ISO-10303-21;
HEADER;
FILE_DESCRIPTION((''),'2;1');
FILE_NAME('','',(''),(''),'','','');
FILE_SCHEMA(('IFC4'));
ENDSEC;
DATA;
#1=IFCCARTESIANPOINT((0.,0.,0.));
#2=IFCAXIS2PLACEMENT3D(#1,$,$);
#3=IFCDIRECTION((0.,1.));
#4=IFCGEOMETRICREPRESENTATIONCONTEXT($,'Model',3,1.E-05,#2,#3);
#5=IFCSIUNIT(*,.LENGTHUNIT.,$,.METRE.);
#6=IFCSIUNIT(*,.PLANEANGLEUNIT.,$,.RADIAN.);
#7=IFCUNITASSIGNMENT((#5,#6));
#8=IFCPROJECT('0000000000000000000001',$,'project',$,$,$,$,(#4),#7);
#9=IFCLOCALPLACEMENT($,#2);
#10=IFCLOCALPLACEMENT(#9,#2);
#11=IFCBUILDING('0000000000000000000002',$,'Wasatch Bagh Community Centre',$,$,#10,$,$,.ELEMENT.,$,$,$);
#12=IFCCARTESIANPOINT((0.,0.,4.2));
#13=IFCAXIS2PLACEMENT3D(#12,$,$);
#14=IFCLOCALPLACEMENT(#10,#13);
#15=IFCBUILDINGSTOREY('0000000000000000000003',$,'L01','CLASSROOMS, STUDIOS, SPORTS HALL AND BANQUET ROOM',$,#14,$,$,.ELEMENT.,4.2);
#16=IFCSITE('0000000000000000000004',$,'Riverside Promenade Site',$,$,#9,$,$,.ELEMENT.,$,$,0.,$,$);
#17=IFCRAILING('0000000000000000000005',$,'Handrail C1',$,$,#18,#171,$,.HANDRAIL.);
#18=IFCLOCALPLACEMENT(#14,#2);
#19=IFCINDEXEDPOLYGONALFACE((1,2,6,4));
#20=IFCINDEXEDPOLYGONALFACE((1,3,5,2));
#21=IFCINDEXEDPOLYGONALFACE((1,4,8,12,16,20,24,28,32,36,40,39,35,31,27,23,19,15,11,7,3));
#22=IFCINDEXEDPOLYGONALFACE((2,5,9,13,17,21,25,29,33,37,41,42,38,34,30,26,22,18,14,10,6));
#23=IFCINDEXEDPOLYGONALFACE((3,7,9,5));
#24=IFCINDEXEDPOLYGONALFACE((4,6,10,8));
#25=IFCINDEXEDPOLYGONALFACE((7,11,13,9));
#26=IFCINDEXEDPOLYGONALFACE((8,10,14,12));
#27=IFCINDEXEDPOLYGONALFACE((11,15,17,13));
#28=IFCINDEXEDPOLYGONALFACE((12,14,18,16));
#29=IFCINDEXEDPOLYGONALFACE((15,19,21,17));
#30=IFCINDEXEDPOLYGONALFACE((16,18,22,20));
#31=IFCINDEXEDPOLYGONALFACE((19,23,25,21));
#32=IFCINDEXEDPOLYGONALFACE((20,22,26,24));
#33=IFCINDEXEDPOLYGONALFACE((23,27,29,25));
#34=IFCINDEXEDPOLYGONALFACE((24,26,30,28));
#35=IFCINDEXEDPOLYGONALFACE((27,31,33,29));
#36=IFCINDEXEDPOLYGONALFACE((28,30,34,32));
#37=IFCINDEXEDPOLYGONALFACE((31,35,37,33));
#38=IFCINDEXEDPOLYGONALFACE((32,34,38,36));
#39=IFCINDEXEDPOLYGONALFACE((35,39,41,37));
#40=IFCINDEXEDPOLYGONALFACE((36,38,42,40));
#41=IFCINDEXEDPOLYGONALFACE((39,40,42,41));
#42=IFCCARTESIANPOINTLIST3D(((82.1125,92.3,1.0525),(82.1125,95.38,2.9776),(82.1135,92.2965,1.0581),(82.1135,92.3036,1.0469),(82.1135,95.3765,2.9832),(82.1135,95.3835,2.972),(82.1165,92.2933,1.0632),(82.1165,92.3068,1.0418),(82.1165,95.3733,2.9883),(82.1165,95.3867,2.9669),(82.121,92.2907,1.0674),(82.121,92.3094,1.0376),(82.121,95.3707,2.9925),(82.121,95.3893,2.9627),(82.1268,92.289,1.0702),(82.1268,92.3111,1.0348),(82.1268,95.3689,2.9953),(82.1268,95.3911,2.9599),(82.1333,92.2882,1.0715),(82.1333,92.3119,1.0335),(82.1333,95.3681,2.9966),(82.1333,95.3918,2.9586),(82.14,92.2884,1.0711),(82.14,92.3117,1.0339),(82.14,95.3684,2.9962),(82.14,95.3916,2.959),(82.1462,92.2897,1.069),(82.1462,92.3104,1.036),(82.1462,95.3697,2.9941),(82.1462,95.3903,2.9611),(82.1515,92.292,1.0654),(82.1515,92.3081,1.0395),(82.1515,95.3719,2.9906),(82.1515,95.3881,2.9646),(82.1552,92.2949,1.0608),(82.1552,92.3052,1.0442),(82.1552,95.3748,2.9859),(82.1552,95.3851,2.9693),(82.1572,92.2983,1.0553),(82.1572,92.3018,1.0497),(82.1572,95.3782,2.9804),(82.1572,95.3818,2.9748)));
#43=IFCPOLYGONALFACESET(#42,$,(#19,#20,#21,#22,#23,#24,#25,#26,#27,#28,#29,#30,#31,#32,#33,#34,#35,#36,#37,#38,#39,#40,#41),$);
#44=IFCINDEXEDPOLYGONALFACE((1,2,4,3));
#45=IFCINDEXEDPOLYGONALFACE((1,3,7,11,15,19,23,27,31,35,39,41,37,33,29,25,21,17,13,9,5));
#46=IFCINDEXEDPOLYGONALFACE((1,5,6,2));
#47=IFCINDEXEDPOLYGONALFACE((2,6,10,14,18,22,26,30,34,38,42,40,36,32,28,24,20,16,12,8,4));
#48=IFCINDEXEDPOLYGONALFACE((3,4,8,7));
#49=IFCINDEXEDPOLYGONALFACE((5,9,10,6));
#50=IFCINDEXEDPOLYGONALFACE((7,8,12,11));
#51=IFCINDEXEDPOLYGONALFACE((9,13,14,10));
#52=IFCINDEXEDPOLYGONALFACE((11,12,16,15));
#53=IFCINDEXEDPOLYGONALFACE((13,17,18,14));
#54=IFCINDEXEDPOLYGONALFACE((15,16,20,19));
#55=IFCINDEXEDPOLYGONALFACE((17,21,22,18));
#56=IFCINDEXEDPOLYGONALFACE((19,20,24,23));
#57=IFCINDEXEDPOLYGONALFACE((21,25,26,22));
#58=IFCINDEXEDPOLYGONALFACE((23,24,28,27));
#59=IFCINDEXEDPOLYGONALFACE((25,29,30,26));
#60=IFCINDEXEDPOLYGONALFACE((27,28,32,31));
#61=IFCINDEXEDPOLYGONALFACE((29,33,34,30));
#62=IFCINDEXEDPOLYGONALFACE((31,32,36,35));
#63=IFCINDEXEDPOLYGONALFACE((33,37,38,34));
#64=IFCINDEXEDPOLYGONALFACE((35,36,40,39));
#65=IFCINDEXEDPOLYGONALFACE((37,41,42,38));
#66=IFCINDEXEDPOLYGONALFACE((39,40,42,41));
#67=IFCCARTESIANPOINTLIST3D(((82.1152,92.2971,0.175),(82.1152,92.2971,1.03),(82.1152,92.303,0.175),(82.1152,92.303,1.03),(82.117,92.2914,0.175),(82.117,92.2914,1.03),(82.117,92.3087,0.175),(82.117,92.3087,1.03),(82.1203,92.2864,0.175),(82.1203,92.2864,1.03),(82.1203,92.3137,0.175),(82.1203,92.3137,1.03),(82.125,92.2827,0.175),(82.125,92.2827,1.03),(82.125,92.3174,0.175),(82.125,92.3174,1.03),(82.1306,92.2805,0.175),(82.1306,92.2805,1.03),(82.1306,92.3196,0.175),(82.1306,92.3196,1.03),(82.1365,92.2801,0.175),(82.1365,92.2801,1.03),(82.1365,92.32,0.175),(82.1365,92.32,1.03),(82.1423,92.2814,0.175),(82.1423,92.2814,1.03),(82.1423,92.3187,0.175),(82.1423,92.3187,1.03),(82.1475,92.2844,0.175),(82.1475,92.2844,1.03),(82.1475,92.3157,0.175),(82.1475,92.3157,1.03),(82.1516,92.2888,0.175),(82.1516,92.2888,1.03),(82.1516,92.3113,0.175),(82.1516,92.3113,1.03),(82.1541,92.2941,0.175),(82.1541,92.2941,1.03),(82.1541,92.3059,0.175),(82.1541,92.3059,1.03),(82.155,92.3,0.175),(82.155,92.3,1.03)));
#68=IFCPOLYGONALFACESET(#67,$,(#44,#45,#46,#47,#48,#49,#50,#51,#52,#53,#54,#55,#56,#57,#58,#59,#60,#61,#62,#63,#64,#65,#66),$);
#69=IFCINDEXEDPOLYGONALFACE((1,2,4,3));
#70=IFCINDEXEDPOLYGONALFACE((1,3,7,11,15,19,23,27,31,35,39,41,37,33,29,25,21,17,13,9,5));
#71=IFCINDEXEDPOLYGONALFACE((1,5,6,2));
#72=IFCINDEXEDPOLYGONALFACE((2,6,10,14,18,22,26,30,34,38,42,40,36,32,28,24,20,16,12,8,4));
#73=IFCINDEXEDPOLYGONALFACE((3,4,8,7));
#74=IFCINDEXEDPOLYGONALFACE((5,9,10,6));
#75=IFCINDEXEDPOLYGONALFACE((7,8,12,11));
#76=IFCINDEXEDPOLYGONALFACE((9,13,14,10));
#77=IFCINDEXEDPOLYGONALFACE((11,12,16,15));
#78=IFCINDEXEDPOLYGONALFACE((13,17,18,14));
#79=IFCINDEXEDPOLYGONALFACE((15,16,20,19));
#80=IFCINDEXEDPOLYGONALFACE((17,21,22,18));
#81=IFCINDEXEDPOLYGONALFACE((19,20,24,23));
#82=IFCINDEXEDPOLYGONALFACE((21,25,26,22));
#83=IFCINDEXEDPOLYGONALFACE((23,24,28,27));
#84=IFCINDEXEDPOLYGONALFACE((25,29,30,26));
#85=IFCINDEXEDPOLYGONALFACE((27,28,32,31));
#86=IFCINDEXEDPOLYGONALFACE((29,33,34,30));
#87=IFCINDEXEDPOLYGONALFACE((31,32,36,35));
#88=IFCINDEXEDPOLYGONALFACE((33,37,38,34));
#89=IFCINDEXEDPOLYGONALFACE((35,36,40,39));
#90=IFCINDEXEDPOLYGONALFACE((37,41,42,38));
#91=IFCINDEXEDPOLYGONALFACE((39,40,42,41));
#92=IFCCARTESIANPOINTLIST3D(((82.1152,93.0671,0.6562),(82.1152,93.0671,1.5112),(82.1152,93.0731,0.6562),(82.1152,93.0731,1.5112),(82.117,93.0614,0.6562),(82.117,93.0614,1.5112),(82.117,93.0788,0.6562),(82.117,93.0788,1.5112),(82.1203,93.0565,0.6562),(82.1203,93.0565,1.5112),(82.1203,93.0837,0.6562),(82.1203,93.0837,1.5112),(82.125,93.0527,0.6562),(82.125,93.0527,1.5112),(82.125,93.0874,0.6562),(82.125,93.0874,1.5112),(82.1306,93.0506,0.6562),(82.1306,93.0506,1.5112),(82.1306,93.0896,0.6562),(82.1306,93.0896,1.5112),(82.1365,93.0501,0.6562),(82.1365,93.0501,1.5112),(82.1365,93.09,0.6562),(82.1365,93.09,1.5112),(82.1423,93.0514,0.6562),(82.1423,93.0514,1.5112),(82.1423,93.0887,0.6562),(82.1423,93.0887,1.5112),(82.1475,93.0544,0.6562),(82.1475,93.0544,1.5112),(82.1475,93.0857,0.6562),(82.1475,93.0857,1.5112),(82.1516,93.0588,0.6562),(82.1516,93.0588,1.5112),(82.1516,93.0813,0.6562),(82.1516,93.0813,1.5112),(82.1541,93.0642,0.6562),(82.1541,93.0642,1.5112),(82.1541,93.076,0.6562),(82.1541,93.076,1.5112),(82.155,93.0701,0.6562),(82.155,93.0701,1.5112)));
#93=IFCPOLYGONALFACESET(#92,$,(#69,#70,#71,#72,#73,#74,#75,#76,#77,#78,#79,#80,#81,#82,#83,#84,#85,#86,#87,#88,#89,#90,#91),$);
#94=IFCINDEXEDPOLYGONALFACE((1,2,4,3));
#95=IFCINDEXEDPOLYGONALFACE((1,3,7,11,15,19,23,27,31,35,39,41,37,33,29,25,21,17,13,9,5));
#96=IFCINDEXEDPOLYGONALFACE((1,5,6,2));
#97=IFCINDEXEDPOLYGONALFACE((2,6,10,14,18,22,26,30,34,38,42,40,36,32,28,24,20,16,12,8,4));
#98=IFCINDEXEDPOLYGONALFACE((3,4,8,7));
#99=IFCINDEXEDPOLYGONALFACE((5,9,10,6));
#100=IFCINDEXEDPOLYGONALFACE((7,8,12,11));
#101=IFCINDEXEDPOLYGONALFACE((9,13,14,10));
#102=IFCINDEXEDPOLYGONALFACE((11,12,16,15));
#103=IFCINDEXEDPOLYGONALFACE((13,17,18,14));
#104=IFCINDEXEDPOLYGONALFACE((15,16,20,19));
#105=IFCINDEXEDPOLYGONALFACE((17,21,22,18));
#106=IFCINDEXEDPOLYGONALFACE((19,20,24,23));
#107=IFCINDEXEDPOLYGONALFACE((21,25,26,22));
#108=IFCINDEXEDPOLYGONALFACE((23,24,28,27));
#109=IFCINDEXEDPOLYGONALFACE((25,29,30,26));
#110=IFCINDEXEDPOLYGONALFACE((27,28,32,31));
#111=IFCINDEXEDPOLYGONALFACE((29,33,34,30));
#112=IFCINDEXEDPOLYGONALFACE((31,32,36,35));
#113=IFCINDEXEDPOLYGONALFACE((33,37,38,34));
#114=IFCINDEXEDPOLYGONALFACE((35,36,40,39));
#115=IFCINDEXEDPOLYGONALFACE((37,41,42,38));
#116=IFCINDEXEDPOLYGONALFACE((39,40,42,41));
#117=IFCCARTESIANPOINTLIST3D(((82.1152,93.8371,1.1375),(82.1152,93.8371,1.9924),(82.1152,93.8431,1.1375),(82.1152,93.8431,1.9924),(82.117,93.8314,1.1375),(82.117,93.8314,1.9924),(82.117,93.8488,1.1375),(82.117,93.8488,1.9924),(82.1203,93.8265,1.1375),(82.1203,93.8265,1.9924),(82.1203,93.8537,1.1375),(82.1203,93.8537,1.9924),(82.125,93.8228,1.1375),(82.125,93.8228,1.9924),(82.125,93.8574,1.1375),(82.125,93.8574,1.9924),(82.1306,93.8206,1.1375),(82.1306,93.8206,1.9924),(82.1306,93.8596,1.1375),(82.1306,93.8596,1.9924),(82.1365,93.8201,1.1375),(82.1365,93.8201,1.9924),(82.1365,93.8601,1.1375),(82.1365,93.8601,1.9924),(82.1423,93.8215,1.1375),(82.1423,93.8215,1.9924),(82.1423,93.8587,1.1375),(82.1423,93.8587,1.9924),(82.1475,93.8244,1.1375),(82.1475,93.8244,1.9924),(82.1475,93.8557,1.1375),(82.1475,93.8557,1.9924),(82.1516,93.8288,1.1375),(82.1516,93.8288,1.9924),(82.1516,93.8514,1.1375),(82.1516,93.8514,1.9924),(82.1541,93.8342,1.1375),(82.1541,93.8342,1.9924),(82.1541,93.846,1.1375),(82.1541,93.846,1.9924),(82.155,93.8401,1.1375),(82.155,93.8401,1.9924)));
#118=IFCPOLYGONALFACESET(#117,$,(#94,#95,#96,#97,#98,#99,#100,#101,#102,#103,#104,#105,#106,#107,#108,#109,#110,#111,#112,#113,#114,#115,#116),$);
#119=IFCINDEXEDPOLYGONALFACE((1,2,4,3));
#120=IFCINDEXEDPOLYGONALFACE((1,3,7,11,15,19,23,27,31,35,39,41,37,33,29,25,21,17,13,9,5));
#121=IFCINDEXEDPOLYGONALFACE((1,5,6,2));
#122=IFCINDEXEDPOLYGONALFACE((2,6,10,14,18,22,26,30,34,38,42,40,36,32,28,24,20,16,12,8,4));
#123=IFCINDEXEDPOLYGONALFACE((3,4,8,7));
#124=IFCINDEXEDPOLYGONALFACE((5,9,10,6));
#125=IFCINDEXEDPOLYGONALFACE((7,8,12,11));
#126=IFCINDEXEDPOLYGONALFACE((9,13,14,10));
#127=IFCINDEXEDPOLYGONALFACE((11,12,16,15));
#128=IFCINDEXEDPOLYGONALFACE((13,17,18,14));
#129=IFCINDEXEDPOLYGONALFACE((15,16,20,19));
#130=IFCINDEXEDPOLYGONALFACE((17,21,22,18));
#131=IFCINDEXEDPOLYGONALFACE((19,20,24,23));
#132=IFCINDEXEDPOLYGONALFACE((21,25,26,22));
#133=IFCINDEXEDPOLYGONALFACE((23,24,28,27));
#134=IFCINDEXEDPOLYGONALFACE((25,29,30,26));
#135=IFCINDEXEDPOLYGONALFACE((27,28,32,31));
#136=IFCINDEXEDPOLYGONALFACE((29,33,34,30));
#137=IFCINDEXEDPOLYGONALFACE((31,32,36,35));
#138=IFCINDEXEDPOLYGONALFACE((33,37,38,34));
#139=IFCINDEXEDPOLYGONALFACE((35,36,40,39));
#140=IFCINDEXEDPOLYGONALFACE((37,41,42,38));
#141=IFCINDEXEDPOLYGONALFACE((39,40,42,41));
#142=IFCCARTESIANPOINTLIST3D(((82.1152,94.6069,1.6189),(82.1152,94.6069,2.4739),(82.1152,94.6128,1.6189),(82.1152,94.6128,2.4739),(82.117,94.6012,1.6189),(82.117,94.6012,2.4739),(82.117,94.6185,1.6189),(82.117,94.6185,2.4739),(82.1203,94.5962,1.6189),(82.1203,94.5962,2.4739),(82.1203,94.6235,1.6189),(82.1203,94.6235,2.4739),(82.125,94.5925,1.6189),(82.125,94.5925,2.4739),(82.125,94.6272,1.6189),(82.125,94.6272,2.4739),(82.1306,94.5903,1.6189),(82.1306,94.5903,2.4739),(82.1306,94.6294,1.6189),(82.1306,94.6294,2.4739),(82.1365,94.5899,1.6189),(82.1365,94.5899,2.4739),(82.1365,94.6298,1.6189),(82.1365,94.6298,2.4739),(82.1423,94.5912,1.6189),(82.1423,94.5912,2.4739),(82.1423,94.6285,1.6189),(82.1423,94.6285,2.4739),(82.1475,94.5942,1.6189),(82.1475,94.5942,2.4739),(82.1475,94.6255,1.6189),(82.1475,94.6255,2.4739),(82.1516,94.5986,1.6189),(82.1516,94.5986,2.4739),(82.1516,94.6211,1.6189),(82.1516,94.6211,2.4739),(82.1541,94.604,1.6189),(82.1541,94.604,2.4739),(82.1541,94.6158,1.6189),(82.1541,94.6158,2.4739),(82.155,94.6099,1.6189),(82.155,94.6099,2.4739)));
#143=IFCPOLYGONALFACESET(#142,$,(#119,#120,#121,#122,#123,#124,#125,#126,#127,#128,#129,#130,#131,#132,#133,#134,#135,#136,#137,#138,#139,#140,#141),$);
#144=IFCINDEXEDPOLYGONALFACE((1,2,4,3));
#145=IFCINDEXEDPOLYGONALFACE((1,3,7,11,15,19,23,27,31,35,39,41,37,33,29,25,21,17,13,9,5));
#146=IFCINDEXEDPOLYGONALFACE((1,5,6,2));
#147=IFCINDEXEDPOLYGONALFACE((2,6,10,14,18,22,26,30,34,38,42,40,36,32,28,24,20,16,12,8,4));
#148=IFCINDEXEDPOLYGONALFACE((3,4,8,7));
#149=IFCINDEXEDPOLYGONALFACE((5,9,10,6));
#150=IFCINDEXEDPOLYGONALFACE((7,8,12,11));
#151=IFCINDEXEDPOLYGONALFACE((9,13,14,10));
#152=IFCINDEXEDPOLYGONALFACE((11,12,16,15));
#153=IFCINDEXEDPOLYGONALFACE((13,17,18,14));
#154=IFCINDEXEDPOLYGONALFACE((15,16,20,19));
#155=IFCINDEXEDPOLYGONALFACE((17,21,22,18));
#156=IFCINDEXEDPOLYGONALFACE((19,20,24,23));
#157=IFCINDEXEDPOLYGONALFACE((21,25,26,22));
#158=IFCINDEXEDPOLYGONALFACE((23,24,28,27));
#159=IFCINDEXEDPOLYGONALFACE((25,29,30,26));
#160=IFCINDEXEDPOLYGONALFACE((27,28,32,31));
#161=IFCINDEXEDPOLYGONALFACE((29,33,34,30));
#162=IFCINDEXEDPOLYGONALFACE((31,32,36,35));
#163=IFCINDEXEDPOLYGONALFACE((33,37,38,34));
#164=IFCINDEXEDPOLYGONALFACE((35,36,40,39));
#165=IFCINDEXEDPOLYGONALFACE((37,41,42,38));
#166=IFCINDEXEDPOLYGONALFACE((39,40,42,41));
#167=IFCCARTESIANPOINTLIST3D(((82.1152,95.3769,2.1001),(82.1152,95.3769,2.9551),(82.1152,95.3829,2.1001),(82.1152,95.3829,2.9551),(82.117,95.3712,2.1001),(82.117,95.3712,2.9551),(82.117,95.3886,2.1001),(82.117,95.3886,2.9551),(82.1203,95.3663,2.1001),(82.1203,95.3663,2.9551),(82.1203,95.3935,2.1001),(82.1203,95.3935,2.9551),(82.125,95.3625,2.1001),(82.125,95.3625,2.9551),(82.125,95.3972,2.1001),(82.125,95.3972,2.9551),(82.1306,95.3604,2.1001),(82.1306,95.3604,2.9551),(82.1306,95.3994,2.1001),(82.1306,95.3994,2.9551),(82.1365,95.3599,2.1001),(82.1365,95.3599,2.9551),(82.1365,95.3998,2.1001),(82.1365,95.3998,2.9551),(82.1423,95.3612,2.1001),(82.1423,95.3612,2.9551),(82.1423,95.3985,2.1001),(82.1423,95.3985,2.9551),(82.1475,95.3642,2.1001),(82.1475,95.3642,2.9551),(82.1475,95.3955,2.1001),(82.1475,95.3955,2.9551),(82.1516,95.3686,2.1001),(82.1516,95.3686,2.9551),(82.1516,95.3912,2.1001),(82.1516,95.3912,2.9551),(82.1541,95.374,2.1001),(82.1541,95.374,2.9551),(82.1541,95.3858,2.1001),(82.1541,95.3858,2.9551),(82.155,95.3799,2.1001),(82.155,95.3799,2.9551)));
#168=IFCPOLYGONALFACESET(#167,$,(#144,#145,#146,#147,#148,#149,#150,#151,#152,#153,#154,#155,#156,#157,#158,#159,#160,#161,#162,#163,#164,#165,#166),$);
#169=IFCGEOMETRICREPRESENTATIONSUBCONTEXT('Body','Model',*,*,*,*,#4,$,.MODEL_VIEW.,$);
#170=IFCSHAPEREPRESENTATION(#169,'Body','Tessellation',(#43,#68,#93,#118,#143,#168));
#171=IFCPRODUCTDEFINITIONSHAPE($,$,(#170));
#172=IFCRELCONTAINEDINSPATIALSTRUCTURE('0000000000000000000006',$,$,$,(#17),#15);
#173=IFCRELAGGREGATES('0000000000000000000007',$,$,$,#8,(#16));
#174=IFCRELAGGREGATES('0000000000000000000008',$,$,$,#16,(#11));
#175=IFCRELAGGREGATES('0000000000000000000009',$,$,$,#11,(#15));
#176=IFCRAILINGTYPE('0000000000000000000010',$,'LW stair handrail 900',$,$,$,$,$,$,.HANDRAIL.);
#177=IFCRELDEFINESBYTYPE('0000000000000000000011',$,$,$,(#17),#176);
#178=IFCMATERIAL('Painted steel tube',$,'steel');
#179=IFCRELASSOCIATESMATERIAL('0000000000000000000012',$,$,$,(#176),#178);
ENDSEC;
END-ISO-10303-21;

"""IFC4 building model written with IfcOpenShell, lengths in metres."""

from ifc_helpers import new_model, si_unit, direction, frame, origin, origin_2d, place, context, subcontext, project, spatial, circle, extrude, material, type_object, element, save


model = new_model("IFC4")

# Units and contexts
model_context = context("Model", 3, precision=1e-05, world=origin(), true_north=direction((0.0, 1.0)))
body_context = subcontext(model_context, "Body", "Model", "MODEL_VIEW")
ifc_project = project(units=[si_unit("LENGTHUNIT", "METRE"), si_unit("PLANEANGLEUNIT", "RADIAN")], contexts=[model_context])

# Site, building, storey
site_placement = place(None, origin())
site = spatial("IfcSite", under=ifc_project, at=site_placement, Name="Riverside Promenade Site", CompositionType="ELEMENT", RefElevation=0.0)
building_placement = place(site_placement, origin())
building = spatial("IfcBuilding", under=site, at=building_placement, Name="Wasatch Bagh Community Centre", CompositionType="ELEMENT")
storey_placement = place(building_placement, frame((0.0, 0.0, 4.2)))
storey = spatial("IfcBuildingStorey", under=building, at=storey_placement, Name="L01", Description="CLASSROOMS, STUDIOS, SPORTS HALL AND BANQUET ROOM", CompositionType="ELEMENT", Elevation=4.2)

# Railing
ifc_material_1 = material(Name="Painted steel tube", Category="steel")
railing_type_1 = type_object("IfcRailingType", Name="LW stair handrail 900", PredefinedType="HANDRAIL", material=ifc_material_1)
railing_1_placement = place(storey_placement, frame((82.135, 92.3, 0.175)))
element("IfcRailing", 1, at=railing_1_placement, inside=storey, type_object=railing_type_1, Name="Handrail C1", PredefinedType="HANDRAIL", context=body_context, shape_type="SweptSolid", body=[
    extrude(circle(Radius=0.0225, at=origin_2d()), frame((0.0, 0.0, 0.8774), z_axis=(0.0, 0.847979, 0.530029), x_axis=(-1.0, 0.0, 0.0)), (0.0, 0.0, 1.0), 3.6321),
    extrude(circle(Radius=0.02, at=origin_2d()), origin(), (0.0, 0.0, 1.0), 0.855),
    extrude(circle(Radius=0.02, at=origin_2d()), frame((0.0, 0.77, 0.4812)), (0.0, 0.0, 1.0), 0.855),
    extrude(circle(Radius=0.02, at=origin_2d()), frame((0.0, 1.54, 0.9624)), (0.0, 0.0, 1.0), 0.855),
    extrude(circle(Radius=0.02, at=origin_2d()), frame((0.0, 2.3098, 1.4438)), (0.0, 0.0, 1.0), 0.855),
    extrude(circle(Radius=0.02, at=origin_2d()), frame((0.0, 3.0798, 1.925)), (0.0, 0.0, 1.0), 0.855),
])

save(model, "model.ifc")
